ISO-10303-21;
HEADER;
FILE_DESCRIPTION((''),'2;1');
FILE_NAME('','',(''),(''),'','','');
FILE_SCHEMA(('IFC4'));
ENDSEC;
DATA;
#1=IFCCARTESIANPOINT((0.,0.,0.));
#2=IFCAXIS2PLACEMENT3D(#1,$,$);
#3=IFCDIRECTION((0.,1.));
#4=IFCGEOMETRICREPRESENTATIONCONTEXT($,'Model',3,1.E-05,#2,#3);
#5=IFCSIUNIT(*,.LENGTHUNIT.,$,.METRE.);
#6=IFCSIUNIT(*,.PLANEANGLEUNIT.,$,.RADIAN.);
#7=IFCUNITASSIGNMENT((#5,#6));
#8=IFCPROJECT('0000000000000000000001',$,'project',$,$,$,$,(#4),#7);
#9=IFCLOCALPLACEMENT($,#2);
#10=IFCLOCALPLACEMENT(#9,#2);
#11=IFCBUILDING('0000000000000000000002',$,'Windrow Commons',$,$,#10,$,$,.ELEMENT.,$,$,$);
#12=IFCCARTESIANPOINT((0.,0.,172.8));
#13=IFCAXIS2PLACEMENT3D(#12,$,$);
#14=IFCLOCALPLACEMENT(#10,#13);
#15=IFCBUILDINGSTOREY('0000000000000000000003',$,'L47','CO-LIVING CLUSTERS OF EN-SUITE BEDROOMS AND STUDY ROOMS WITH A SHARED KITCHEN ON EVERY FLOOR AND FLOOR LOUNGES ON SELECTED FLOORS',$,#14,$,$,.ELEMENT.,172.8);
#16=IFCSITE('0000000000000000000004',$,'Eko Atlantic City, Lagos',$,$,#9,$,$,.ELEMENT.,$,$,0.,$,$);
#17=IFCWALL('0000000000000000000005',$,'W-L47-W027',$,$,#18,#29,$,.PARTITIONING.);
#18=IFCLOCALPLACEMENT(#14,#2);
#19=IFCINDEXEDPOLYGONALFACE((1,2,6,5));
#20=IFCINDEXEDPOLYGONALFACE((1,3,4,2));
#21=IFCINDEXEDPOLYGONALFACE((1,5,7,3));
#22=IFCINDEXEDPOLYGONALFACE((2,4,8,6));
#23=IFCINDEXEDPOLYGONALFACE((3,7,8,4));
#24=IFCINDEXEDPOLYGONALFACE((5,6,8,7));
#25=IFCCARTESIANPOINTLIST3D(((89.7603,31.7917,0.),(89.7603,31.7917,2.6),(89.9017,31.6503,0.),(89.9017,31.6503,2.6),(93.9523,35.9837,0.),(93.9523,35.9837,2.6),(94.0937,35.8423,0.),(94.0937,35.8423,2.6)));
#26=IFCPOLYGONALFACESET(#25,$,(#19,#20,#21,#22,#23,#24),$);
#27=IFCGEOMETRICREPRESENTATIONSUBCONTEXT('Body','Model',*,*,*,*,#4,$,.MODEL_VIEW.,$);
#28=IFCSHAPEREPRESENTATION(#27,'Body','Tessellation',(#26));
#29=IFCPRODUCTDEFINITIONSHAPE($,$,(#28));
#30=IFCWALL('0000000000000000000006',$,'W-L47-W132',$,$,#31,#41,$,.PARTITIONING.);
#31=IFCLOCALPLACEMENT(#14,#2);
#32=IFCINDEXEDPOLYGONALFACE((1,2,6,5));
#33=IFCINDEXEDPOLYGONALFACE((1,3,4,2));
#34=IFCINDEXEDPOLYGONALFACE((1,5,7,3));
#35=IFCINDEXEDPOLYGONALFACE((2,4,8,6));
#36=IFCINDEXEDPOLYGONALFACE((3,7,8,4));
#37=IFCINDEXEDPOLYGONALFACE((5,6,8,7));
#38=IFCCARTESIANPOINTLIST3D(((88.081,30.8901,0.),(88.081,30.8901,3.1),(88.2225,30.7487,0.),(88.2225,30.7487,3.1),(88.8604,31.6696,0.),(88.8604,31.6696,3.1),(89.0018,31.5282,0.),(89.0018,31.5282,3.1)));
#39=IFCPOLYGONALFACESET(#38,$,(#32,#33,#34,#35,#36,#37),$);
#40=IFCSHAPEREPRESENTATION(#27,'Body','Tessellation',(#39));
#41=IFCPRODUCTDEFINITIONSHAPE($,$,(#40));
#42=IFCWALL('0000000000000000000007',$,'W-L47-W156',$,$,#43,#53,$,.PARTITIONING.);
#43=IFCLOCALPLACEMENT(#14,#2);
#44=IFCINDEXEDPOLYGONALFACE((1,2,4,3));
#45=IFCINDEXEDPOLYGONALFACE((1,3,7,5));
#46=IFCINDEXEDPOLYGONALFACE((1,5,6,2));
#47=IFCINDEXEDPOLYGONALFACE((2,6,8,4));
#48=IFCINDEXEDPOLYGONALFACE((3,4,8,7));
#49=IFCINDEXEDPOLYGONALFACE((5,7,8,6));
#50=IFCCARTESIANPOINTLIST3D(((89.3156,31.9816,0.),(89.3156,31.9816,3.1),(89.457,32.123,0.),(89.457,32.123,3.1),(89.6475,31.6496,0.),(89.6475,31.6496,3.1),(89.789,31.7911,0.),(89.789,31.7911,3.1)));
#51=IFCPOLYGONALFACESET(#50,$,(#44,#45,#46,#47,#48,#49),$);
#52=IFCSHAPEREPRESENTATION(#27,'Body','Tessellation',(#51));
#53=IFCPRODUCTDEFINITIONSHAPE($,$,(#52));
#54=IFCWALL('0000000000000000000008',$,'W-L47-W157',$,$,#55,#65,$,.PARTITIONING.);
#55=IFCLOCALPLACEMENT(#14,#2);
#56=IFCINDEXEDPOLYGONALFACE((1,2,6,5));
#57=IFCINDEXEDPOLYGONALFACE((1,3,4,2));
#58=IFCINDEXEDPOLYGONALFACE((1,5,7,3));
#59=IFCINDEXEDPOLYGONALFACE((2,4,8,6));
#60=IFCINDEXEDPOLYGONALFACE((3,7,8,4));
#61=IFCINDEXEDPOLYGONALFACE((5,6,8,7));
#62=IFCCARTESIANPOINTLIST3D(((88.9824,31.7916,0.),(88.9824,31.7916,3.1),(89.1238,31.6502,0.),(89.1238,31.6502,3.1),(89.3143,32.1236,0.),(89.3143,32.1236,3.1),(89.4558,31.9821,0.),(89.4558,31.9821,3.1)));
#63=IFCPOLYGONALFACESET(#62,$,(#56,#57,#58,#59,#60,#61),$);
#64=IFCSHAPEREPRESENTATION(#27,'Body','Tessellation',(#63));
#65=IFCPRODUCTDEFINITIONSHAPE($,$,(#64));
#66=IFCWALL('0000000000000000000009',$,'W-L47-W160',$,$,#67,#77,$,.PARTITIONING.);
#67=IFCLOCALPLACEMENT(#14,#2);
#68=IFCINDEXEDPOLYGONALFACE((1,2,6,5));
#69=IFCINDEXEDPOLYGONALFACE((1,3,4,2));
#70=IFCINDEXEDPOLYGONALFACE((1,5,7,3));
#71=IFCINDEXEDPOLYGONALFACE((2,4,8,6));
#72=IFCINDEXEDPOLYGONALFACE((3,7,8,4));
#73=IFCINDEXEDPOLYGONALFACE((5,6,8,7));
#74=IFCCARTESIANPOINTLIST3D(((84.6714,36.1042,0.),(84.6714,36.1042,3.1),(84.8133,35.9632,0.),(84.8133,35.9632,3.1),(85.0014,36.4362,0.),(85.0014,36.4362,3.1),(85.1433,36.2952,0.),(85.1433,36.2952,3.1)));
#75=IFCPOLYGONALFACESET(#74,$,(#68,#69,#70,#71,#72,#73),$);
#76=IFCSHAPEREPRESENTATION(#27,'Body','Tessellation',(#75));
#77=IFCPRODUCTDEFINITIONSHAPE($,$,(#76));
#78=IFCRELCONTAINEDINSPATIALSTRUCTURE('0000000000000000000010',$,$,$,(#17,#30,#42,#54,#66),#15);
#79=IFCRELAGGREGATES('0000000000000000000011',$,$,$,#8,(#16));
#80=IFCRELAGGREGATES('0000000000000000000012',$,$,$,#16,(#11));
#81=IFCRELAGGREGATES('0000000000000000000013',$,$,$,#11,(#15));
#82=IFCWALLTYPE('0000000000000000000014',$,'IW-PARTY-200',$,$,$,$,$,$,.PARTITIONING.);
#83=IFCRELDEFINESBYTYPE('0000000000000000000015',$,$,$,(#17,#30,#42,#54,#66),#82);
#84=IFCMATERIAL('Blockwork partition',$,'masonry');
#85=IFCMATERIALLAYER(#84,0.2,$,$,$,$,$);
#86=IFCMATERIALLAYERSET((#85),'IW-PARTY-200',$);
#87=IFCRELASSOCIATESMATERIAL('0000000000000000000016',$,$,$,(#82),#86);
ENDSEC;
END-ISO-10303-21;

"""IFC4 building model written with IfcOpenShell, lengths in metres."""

from ifc_helpers import new_model, si_unit, direction, frame, frame_2d, origin, place, context, subcontext, project, spatial, rectangle, extrude, material, layer, layer_set, type_object, element, save


model = new_model("IFC4")

# Units and contexts
model_context = context("Model", 3, precision=1e-05, world=origin(), true_north=direction((0.0, 1.0)))
body_context = subcontext(model_context, "Body", "Model", "MODEL_VIEW")
ifc_project = project(units=[si_unit("LENGTHUNIT", "METRE"), si_unit("PLANEANGLEUNIT", "RADIAN")], contexts=[model_context])

# Site, building, storey
site_placement = place(None, origin())
site = spatial("IfcSite", under=ifc_project, at=site_placement, Name="Eko Atlantic City, Lagos", CompositionType="ELEMENT", RefElevation=0.0)
building_placement = place(site_placement, origin())
building = spatial("IfcBuilding", under=site, at=building_placement, Name="Windrow Commons", CompositionType="ELEMENT")
storey_placement = place(building_placement, frame((0.0, 0.0, 172.8)))
storey = spatial("IfcBuildingStorey", under=building, at=storey_placement, Name="L47", Description="CO-LIVING CLUSTERS OF EN-SUITE BEDROOMS AND STUDY ROOMS WITH A SHARED KITCHEN ON EVERY FLOOR AND FLOOR LOUNGES ON SELECTED FLOORS", CompositionType="ELEMENT", Elevation=172.8)

# Walls
ifc_material_1 = material(Name="Blockwork partition", Category="masonry")
ifc_layer_1 = layer(ifc_material_1, 0.2)
ifc_layer_set_1 = layer_set([ifc_layer_1], Name="IW-PARTY-200")
wall_type_1 = type_object("IfcWallType", Name="IW-PARTY-200", PredefinedType="PARTITIONING", material=ifc_layer_set_1)
wall_1_placement = place(storey_placement, frame((89.831, 31.721, 0.0), z_axis=(0.0, 0.0, 1.0), x_axis=(0.707107, 0.707107, 0.0)))
element("IfcWall", 1, at=wall_1_placement, inside=storey, type_object=wall_type_1, Name="W-L47-W027", PredefinedType="PARTITIONING", context=body_context, shape_type="SweptSolid", body=[
    extrude(rectangle(XDim=5.9284, YDim=0.2, at=frame_2d((2.9642, 0.0))), origin(), (0.0, 0.0, 1.0), 2.6),
])
wall_2_placement = place(storey_placement, frame((88.1517, 30.8194, 0.0), z_axis=(0.0, 0.0, 1.0), x_axis=(0.707061, 0.707152, 0.0)))
element("IfcWall", 2, at=wall_2_placement, inside=storey, type_object=wall_type_1, Name="W-L47-W132", PredefinedType="PARTITIONING", context=body_context, shape_type="SweptSolid", body=[
    extrude(rectangle(XDim=1.1023, YDim=0.2, at=frame_2d((0.5512, 0.0))), origin(), (0.0, 0.0, 1.0), 3.1),
])
for number, where, z_axis, x_axis, name in (
    (3, (89.3863, 32.0523, 0.0), (0.0, 0.0, 1.0), (0.707107, -0.707107, 0.0), "W-L47-W156"),
    (4, (89.0531, 31.7209, 0.0), (0.0, 0.0, 1.0), (0.707107, 0.707107, 0.0), "W-L47-W157"),
):
    element("IfcWall", number, at=place(storey_placement, frame(where, z_axis=z_axis, x_axis=x_axis)), inside=storey, type_object=wall_type_1, Name=name, PredefinedType="PARTITIONING", context=body_context, shape_type="SweptSolid", body=[
        extrude(rectangle(XDim=0.4695, YDim=0.2, at=frame_2d((0.2347, 0.0))), origin(), (0.0, 0.0, 1.0), 3.1),
    ])
wall_3_placement = place(storey_placement, frame((84.7423, 36.0337, 0.0), z_axis=(0.0, 0.0, 1.0), x_axis=(0.704967, 0.70924, 0.0)))
element("IfcWall", 5, at=wall_3_placement, inside=storey, type_object=wall_type_1, Name="W-L47-W160", PredefinedType="PARTITIONING", context=body_context, shape_type="SweptSolid", body=[
    extrude(rectangle(XDim=0.4681, YDim=0.2, at=frame_2d((0.2341, 0.0))), origin(), (0.0, 0.0, 1.0), 3.1),
])

save(model, "model.ifc")
